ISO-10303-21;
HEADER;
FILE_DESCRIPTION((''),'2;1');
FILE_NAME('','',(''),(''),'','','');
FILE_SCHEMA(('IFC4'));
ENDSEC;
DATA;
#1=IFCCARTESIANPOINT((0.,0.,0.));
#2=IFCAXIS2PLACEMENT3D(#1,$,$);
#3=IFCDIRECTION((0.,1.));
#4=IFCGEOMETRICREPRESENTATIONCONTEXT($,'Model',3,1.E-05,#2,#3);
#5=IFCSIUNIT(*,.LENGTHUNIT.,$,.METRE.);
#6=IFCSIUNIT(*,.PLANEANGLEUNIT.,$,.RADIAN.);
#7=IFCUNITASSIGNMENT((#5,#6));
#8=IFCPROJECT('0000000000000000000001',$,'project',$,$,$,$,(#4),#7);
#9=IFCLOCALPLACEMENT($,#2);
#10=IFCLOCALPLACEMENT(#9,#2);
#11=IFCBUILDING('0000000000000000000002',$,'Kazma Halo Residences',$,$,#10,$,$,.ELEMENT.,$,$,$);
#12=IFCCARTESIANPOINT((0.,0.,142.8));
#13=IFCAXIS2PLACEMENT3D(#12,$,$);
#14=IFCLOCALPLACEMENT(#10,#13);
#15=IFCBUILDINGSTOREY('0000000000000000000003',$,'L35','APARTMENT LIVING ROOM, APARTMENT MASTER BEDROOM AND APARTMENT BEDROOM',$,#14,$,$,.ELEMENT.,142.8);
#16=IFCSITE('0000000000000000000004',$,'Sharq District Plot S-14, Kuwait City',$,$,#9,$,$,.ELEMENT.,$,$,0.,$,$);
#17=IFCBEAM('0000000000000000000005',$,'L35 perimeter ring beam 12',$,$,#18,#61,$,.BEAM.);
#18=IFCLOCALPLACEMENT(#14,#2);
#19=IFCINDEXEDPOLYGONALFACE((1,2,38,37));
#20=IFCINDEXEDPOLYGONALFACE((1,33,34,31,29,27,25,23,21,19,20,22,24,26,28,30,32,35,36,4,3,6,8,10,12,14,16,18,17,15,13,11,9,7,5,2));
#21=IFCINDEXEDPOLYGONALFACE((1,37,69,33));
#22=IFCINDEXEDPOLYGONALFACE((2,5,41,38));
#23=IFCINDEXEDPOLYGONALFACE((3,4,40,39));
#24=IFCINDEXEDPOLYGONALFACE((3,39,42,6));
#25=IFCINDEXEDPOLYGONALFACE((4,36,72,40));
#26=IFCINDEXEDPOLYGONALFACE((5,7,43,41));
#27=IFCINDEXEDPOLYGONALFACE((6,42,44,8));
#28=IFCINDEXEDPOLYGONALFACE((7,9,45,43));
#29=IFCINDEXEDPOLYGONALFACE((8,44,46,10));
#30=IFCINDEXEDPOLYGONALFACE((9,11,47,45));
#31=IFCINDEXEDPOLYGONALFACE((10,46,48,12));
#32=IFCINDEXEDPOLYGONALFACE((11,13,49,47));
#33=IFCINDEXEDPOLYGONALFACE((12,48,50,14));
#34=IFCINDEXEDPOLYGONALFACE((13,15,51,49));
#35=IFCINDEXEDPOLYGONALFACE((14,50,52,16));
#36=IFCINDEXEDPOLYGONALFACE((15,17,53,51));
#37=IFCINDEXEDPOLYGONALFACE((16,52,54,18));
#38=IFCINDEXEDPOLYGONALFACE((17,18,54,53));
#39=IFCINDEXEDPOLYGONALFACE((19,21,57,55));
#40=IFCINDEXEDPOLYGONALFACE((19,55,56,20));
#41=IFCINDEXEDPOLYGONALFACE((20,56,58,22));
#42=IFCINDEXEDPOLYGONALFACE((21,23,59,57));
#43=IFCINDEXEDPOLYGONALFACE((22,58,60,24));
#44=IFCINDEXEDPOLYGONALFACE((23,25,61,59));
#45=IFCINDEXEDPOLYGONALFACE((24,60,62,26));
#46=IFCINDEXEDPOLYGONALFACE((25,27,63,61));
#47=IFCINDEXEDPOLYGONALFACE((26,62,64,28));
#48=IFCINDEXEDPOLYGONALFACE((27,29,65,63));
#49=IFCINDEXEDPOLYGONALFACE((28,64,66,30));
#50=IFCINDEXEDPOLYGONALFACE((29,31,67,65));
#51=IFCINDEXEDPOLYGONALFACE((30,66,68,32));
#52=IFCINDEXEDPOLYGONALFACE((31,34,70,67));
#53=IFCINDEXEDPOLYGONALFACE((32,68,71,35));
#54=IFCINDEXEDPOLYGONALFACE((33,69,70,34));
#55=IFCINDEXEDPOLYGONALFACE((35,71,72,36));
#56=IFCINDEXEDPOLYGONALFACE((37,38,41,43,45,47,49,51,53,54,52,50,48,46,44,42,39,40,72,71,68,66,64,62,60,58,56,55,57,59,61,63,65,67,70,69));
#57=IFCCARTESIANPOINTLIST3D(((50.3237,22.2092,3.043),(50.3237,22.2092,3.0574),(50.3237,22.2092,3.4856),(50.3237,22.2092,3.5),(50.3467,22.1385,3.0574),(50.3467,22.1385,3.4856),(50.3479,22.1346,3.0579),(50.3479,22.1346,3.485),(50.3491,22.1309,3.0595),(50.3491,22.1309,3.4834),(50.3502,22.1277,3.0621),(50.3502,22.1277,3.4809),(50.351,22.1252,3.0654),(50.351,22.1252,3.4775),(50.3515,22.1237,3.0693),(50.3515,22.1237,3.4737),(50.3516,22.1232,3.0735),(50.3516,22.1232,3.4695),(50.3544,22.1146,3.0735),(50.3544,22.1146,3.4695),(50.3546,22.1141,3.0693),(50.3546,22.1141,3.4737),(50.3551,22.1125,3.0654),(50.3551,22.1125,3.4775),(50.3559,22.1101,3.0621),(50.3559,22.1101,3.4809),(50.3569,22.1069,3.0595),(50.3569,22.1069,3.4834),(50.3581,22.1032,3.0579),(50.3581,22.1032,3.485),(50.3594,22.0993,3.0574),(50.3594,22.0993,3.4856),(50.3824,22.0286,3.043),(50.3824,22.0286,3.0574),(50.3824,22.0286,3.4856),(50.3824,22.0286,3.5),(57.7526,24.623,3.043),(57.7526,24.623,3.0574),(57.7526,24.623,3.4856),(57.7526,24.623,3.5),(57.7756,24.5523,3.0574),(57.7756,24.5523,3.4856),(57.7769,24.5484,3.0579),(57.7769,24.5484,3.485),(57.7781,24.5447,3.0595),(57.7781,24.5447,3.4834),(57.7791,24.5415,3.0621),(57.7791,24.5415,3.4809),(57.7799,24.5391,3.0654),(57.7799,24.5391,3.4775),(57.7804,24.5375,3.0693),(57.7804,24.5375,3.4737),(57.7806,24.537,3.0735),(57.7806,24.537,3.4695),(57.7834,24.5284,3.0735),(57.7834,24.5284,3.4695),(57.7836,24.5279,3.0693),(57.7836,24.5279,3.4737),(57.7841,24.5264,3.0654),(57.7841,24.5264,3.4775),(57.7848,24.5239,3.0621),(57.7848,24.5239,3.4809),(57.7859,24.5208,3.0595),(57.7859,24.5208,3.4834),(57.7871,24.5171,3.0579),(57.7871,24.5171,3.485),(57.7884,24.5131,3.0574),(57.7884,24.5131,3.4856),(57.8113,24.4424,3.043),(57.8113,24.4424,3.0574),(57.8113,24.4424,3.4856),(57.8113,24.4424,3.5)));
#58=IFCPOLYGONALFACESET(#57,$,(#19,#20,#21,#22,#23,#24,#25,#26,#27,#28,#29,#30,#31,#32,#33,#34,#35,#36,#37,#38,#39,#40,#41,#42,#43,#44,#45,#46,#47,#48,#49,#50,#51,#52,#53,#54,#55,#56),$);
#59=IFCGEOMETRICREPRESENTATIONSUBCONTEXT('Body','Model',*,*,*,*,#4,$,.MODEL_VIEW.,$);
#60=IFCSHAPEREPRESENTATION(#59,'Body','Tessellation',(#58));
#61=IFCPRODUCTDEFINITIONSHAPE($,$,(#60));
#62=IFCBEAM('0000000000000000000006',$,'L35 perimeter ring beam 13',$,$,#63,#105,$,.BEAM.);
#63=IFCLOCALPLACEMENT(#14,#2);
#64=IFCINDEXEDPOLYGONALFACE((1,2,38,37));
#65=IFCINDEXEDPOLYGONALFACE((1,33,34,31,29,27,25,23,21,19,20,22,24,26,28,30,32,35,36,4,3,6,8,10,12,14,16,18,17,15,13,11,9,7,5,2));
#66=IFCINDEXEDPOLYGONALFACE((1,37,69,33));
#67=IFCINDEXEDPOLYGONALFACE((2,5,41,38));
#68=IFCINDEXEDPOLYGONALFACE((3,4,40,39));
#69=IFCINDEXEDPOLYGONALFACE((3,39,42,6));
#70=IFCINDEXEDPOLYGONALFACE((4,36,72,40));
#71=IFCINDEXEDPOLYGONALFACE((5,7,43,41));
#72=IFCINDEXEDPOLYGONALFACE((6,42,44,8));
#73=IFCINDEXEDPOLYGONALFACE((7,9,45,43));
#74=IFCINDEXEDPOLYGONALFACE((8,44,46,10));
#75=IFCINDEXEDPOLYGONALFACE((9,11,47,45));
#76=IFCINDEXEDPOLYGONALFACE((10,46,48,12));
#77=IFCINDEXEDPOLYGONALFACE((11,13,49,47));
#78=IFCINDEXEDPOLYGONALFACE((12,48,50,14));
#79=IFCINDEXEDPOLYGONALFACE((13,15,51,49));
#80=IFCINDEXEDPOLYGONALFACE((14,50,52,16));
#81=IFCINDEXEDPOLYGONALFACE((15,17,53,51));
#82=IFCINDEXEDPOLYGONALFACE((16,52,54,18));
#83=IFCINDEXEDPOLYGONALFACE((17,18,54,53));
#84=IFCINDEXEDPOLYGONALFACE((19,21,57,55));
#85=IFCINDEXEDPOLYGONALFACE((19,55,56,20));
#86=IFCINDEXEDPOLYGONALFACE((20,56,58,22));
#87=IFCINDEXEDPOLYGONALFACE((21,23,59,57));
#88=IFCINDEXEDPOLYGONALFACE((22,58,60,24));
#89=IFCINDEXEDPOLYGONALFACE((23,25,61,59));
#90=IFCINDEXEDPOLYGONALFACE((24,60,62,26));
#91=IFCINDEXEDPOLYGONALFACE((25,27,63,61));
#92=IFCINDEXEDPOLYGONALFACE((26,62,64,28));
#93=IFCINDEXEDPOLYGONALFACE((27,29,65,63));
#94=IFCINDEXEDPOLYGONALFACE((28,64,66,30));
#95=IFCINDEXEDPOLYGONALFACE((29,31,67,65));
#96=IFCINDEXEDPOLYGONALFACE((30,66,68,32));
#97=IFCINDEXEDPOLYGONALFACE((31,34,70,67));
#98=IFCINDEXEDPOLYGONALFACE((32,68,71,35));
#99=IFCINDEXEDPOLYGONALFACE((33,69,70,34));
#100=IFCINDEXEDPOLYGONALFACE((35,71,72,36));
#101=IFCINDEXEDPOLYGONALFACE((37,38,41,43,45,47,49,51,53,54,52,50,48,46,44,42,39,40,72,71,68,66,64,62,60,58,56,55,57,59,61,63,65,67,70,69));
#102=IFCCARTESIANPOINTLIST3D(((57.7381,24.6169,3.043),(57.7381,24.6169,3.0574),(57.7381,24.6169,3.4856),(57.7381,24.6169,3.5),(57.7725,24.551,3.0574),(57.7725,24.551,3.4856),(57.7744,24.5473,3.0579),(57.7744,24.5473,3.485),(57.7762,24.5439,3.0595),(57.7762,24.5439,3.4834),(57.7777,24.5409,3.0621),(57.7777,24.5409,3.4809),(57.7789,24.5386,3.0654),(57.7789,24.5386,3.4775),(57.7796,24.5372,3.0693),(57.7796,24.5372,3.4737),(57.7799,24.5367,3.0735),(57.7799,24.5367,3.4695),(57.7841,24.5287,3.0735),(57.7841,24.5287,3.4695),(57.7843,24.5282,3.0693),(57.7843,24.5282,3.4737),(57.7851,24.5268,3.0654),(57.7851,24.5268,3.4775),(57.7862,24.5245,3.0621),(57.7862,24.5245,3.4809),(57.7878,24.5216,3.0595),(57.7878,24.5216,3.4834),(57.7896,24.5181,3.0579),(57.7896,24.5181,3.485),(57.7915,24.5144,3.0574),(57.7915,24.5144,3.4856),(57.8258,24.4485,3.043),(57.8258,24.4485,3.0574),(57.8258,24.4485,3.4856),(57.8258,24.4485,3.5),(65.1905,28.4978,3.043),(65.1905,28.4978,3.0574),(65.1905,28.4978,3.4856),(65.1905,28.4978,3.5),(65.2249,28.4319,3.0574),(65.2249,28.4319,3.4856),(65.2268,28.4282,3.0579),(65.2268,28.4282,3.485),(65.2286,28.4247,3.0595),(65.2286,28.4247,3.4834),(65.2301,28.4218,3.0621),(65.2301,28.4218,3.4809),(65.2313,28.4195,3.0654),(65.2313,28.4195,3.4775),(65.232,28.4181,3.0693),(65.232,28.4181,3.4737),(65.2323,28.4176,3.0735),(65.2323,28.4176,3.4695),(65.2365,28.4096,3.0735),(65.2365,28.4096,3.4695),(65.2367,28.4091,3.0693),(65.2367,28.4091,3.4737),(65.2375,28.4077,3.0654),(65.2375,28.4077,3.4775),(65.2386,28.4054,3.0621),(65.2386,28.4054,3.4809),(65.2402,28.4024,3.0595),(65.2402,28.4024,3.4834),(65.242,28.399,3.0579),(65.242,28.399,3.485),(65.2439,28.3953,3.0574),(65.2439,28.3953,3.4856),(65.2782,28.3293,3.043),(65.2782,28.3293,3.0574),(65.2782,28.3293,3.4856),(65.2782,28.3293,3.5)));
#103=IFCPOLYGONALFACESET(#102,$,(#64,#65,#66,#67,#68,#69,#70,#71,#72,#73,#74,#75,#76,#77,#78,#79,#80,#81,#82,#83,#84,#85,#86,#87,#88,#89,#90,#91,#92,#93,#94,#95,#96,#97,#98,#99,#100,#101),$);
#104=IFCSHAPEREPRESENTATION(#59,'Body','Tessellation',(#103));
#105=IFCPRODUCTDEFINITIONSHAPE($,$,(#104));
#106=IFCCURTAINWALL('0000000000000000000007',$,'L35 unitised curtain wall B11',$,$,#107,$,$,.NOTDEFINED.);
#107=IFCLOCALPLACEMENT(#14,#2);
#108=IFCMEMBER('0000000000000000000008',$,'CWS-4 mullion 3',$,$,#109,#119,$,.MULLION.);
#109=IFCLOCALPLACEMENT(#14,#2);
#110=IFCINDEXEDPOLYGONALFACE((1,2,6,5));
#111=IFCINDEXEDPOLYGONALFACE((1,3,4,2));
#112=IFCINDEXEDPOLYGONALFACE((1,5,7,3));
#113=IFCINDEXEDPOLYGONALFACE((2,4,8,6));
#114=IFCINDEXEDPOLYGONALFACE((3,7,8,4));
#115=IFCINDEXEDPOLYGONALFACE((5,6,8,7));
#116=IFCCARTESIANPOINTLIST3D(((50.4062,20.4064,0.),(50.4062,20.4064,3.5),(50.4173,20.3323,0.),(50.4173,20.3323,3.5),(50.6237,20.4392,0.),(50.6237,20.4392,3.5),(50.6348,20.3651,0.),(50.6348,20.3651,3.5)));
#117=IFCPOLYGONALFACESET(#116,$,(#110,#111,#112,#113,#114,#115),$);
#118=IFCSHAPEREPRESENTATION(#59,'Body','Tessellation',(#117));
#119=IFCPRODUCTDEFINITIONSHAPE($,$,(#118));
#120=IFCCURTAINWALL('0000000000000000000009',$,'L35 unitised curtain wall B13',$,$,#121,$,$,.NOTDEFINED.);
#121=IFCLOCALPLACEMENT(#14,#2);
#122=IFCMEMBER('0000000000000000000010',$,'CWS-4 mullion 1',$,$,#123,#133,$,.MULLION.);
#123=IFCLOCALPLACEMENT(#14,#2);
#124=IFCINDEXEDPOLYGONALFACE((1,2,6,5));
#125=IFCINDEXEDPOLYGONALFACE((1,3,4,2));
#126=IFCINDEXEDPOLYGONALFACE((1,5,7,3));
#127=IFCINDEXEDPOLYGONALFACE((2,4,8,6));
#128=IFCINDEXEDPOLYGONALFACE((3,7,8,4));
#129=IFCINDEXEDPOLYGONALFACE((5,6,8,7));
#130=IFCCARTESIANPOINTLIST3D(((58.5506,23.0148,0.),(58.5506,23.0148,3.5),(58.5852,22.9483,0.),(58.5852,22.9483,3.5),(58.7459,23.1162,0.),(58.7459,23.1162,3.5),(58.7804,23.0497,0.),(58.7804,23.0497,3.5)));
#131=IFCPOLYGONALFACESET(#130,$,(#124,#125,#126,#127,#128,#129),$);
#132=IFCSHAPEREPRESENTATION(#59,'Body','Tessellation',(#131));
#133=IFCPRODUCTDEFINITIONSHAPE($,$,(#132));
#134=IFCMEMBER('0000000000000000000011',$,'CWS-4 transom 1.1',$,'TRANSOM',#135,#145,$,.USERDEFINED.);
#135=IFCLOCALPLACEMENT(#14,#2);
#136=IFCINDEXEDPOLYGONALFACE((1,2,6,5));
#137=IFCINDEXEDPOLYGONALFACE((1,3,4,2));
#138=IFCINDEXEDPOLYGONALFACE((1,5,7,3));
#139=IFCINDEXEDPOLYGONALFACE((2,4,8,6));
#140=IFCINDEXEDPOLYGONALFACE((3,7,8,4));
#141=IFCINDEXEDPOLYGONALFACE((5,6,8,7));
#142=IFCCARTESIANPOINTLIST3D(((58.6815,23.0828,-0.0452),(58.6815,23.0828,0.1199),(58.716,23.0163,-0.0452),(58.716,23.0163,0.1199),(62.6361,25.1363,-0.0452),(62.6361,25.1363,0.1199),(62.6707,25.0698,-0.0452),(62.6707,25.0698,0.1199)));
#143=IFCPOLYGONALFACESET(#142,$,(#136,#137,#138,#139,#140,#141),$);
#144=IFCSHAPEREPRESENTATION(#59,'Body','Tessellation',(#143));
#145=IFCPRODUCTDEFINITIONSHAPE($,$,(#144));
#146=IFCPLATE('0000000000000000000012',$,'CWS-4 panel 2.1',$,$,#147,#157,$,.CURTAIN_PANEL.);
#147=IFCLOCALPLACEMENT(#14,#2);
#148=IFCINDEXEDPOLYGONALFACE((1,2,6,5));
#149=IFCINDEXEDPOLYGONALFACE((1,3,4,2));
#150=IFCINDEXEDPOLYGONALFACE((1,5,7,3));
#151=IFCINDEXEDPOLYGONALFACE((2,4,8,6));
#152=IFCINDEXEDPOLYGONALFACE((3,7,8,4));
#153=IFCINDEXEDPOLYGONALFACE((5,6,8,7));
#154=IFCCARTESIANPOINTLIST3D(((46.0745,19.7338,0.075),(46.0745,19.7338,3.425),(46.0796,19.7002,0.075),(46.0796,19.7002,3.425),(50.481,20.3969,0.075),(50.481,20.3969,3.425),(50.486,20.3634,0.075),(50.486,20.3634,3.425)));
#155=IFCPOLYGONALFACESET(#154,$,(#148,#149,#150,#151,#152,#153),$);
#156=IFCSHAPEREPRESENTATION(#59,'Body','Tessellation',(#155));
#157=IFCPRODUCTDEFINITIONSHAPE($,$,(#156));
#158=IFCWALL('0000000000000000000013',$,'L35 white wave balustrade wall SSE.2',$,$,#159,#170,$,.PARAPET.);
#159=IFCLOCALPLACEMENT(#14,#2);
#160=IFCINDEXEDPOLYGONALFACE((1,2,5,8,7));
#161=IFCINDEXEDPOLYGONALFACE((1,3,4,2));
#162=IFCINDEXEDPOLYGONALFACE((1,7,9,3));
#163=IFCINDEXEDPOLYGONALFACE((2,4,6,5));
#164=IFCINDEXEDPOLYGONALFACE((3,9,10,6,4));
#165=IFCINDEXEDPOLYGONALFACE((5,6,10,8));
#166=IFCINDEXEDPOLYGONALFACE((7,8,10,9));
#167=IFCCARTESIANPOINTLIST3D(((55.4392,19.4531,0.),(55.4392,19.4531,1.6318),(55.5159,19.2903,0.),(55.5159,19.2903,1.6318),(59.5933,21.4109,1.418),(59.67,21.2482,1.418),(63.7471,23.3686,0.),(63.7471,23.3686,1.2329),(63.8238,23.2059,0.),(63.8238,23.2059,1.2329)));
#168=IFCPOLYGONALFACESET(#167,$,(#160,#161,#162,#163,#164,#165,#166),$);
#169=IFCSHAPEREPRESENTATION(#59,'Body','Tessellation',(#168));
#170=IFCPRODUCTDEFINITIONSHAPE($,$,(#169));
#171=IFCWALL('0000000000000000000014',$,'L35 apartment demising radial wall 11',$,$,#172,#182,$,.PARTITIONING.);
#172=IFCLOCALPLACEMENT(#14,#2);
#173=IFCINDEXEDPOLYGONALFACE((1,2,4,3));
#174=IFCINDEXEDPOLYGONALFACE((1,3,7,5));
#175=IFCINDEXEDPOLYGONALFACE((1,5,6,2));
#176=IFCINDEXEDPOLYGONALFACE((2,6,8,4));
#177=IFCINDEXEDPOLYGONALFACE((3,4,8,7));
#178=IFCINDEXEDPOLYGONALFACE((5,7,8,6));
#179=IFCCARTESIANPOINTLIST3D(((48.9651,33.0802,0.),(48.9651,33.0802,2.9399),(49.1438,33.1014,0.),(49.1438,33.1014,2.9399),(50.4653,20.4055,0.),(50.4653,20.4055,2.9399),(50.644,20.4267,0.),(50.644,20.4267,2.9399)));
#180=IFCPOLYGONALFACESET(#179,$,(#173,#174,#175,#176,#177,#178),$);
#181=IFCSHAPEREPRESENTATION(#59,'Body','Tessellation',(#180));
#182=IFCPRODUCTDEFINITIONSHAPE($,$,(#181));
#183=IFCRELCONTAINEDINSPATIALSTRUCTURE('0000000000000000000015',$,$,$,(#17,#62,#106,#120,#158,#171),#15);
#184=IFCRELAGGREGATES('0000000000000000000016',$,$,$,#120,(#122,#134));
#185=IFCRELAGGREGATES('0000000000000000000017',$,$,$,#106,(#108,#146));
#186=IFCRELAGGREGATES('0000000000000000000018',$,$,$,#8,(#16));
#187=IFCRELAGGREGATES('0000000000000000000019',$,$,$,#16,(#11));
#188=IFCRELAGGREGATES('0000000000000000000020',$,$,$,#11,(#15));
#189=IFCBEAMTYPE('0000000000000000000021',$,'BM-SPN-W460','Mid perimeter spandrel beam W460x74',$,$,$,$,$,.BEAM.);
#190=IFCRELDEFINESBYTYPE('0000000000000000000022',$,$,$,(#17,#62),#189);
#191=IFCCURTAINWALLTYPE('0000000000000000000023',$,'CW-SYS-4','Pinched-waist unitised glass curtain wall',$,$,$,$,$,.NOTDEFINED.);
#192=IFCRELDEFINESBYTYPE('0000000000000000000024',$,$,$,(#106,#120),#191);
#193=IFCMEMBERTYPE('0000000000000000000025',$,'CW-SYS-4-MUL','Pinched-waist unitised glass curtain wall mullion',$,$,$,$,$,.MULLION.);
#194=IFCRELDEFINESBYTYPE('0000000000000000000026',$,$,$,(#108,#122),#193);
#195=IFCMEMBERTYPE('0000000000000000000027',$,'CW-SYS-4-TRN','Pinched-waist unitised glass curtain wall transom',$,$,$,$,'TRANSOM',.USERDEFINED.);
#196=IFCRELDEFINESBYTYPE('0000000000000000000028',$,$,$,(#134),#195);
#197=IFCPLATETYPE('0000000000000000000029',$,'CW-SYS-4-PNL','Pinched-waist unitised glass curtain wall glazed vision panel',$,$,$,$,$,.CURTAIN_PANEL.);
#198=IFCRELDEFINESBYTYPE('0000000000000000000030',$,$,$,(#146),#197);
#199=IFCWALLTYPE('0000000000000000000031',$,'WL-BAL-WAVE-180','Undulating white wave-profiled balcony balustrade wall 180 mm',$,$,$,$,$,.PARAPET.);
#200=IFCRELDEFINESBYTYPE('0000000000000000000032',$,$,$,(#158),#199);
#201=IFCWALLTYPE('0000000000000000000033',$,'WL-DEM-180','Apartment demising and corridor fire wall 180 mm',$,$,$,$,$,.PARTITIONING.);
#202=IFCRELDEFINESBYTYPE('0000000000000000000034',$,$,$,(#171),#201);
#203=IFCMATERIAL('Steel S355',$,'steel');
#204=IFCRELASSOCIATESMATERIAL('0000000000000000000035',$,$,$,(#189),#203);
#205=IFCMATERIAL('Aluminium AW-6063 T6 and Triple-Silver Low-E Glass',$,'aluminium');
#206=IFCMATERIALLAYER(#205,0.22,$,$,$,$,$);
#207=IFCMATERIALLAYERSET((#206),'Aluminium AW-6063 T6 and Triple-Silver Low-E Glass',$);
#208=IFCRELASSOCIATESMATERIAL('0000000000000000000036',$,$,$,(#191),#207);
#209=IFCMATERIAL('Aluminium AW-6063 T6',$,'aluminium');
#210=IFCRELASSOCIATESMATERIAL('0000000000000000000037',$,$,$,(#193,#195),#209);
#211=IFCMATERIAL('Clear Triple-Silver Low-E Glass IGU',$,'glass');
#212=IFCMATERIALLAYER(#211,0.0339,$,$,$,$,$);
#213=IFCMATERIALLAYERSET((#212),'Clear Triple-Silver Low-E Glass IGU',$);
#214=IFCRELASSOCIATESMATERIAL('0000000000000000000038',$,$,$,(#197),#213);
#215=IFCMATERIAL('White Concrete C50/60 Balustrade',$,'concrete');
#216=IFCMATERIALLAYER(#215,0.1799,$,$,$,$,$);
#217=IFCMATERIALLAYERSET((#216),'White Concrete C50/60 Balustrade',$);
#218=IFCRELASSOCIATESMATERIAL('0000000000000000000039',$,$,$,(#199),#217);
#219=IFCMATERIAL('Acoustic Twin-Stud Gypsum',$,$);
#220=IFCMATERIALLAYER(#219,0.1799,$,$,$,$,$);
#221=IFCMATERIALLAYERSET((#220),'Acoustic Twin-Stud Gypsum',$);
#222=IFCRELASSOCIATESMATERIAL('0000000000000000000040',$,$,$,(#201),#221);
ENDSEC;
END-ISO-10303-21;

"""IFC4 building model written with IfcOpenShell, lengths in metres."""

from ifc_helpers import new_model, si_unit, direction, frame, frame_2d, origin, origin_2d, place, context, subcontext, project, spatial, polyline, rectangle, i_section, outline, extrude, material, layer, layer_set, material_profile, profile_set, type_object, element, aggregate, save


model = new_model("IFC4")

# Units and contexts
model_context = context("Model", 3, precision=1e-05, world=origin(), true_north=direction((0.0, 1.0)))
body_context = subcontext(model_context, "Body", "Model", "MODEL_VIEW")
ifc_project = project(units=[si_unit("LENGTHUNIT", "METRE"), si_unit("PLANEANGLEUNIT", "RADIAN")], contexts=[model_context])

# Site, building, storey
site_placement = place(None, origin())
site = spatial("IfcSite", under=ifc_project, at=site_placement, Name="Sharq District Plot S-14, Kuwait City", CompositionType="ELEMENT", RefElevation=0.0)
building_placement = place(site_placement, origin())
building = spatial("IfcBuilding", under=site, at=building_placement, Name="Kazma Halo Residences", CompositionType="ELEMENT")
storey_placement = place(building_placement, frame((0.0, 0.0, 142.8)))
storey = spatial("IfcBuildingStorey", under=building, at=storey_placement, Name="L35", Description="APARTMENT LIVING ROOM, APARTMENT MASTER BEDROOM AND APARTMENT BEDROOM", CompositionType="ELEMENT", Elevation=142.8)

# Beams
ifc_material_1 = material(Name="Steel S355", Category="steel")
ifc_material_profile_1 = material_profile(ifc_material_1, i_section(OverallWidth=0.1899, OverallDepth=0.457, WebThickness=0.009, FlangeThickness=0.0144, FilletRadius=0.0161, at=origin_2d()), Name="W460x74")
ifc_profile_set_1 = profile_set([ifc_material_profile_1], Name="Steel S355")
beam_type_1 = type_object("IfcBeamType", Name="BM-SPN-W460", Description="Mid perimeter spandrel beam W460x74", PredefinedType="BEAM", material=ifc_profile_set_1)
beam_1_placement = place(storey_placement, frame((50.353, 22.1189, 3.2715), z_axis=(0.951056, 0.309018, 0.0), x_axis=(-0.309018, 0.951056, 0.0)))
element("IfcBeam", 1, at=beam_1_placement, inside=storey, type_object=beam_type_1, Name="L35 perimeter ring beam 12", PredefinedType="BEAM", context=body_context, shape_type="SweptSolid", body=[
    extrude(i_section(OverallWidth=0.1899, OverallDepth=0.457, WebThickness=0.009, FlangeThickness=0.0144, FilletRadius=0.0161, at=origin_2d()), origin(), (0.0, 0.0, 1.0), 7.8113),
])
beam_2_placement = place(storey_placement, frame((57.782, 24.5327, 3.2715), z_axis=(0.886943, 0.461879, 0.0), x_axis=(-0.461879, 0.886943, 0.0)))
element("IfcBeam", 2, at=beam_2_placement, inside=storey, type_object=beam_type_1, Name="L35 perimeter ring beam 13", PredefinedType="BEAM", context=body_context, shape_type="SweptSolid", body=[
    extrude(i_section(OverallWidth=0.1899, OverallDepth=0.457, WebThickness=0.009, FlangeThickness=0.0144, FilletRadius=0.0161, at=origin_2d()), origin(), (0.0, 0.0, 1.0), 8.4023),
])

# Curtain wall, member
ifc_material_2 = material(Name="Aluminium AW-6063 T6 and Triple-Silver Low-E Glass", Category="aluminium")
ifc_layer_1 = layer(ifc_material_2, 0.22)
ifc_layer_set_1 = layer_set([ifc_layer_1], Name="Aluminium AW-6063 T6 and Triple-Silver Low-E Glass")
curtain_wall_type = type_object("IfcCurtainWallType", Name="CW-SYS-4", Description="Pinched-waist unitised glass curtain wall", PredefinedType="NOTDEFINED", material=ifc_layer_set_1)
curtain_wall_1_placement = place(storey_placement, origin())
curtain_wall_1 = element("IfcCurtainWall", 3, at=curtain_wall_1_placement, inside=storey, type_object=curtain_wall_type, Name="L35 unitised curtain wall B11", PredefinedType="NOTDEFINED")
ifc_material_3 = material(Name="Aluminium AW-6063 T6", Category="aluminium")
ifc_material_profile_2 = material_profile(ifc_material_3, rectangle(XDim=0.075, YDim=0.22, at=origin_2d()), Name="CWM-75x220")
ifc_profile_set_2 = profile_set([ifc_material_profile_2], Name="Aluminium AW-6063 T6")
member_type_1 = type_object("IfcMemberType", Name="CW-SYS-4-MUL", Description="Pinched-waist unitised glass curtain wall mullion", PredefinedType="MULLION", material=ifc_profile_set_2)
member_1_placement = place(storey_placement, frame((50.5205, 20.3857, 0.0), z_axis=(0.0, 0.0, 1.0), x_axis=(-0.148821, 0.988864, 0.0)))
member_1 = element("IfcMember", 4, at=member_1_placement, type_object=member_type_1, Name="CWS-4 mullion 3", PredefinedType="MULLION", context=body_context, shape_type="SweptSolid", body=[
    extrude(rectangle(XDim=0.075, YDim=0.22, at=origin_2d()), origin(), (0.0, 0.0, 1.0), 3.5),
])

# Curtain wall, members
curtain_wall_2_placement = place(storey_placement, origin())
curtain_wall_2 = element("IfcCurtainWall", 5, at=curtain_wall_2_placement, inside=storey, type_object=curtain_wall_type, Name="L35 unitised curtain wall B13", PredefinedType="NOTDEFINED")
member_2_placement = place(storey_placement, frame((58.6655, 23.0322, 0.0), z_axis=(0.0, 0.0, 1.0), x_axis=(-0.460837, 0.887485, 0.0)))
member_2 = element("IfcMember", 6, at=member_2_placement, type_object=member_type_1, Name="CWS-4 mullion 1", PredefinedType="MULLION", context=body_context, shape_type="SweptSolid", body=[
    extrude(rectangle(XDim=0.075, YDim=0.22, at=origin_2d()), origin(), (0.0, 0.0, 1.0), 3.5),
])
ifc_material_profile_3 = material_profile(ifc_material_3, rectangle(XDim=0.075, YDim=0.165, at=origin_2d()), Name="CWT-75x165")
ifc_profile_set_3 = profile_set([ifc_material_profile_3], Name="Aluminium AW-6063 T6")
member_type_2 = type_object("IfcMemberType", Name="CW-SYS-4-TRN", Description="Pinched-waist unitised glass curtain wall transom", ElementType="TRANSOM", PredefinedType="USERDEFINED", material=ifc_profile_set_3)
member_3_placement = place(storey_placement, frame((58.6987, 23.0496, 0.0374), z_axis=(0.887485, 0.460837, 0.0), x_axis=(-0.460837, 0.887485, 0.0)))
member_3 = element("IfcMember", 7, at=member_3_placement, type_object=member_type_2, Name="CWS-4 transom 1.1", ObjectType="TRANSOM", PredefinedType="USERDEFINED", context=body_context, shape_type="SweptSolid", body=[
    extrude(rectangle(XDim=0.075, YDim=0.165, at=origin_2d()), origin(), (0.0, 0.0, 1.0), 4.4561),
])
aggregate(curtain_wall_2, [member_2, member_3])

# Plate
ifc_material_4 = material(Name="Clear Triple-Silver Low-E Glass IGU", Category="glass")
ifc_layer_2 = layer(ifc_material_4, 0.0339)
ifc_layer_set_2 = layer_set([ifc_layer_2], Name="Clear Triple-Silver Low-E Glass IGU")
plate_type = type_object("IfcPlateType", Name="CW-SYS-4-PNL", Description="Pinched-waist unitised glass curtain wall glazed vision panel", PredefinedType="CURTAIN_PANEL", material=ifc_layer_set_2)
plate_placement = place(storey_placement, frame((48.2803, 20.0486, 0.075), z_axis=(0.0, 0.0, 1.0), x_axis=(0.988864, 0.148821, 0.0)))
plate = element("IfcPlate", 8, at=plate_placement, type_object=plate_type, Name="CWS-4 panel 2.1", PredefinedType="CURTAIN_PANEL", context=body_context, shape_type="SweptSolid", body=[
    extrude(rectangle(XDim=4.4561, YDim=0.0339, at=origin_2d()), origin(), (0.0, 0.0, 1.0), 3.3501),
])
aggregate(curtain_wall_1, [member_1, plate])

# Walls
ifc_material_5 = material(Name="White Concrete C50/60 Balustrade", Category="concrete")
ifc_layer_3 = layer(ifc_material_5, 0.1799)
ifc_layer_set_3 = layer_set([ifc_layer_3], Name="White Concrete C50/60 Balustrade")
wall_type_1 = type_object("IfcWallType", Name="WL-BAL-WAVE-180", Description="Undulating white wave-profiled balcony balustrade wall 180 mm", PredefinedType="PARAPET", material=ifc_layer_set_3)
wall_1_placement = place(storey_placement, frame((55.4775, 19.3718, 0.0), z_axis=(0.0, 0.0, 1.0), x_axis=(0.904569, 0.426327, 0.0)))
element("IfcWall", 9, at=wall_1_placement, inside=storey, type_object=wall_type_1, Name="L35 white wave balustrade wall SSE.2", PredefinedType="PARAPET", context=body_context, shape_type="SweptSolid", body=[
    extrude(outline(polyline([(0.0, 0.0), (9.1843, 0.0), (9.1843, 1.2329), (4.5923, 1.418), (0.0, 1.6318), (0.0, 0.0)])), frame((0.0, 0.0898, 0.0), z_axis=(0.0, -1.0, 0.0), x_axis=(1.0, 0.0, 0.0)), (0.0, 0.0, 1.0), 0.1799),
])
ifc_material_6 = material(Name="Acoustic Twin-Stud Gypsum")
ifc_layer_4 = layer(ifc_material_6, 0.1799)
ifc_layer_set_4 = layer_set([ifc_layer_4], Name="Acoustic Twin-Stud Gypsum")
wall_type_2 = type_object("IfcWallType", Name="WL-DEM-180", Description="Apartment demising and corridor fire wall 180 mm", PredefinedType="PARTITIONING", material=ifc_layer_set_4)
wall_2_placement = place(storey_placement, frame((49.0544, 33.0908, 0.0), z_axis=(0.0, 0.0, 1.0), x_axis=(0.117544, -0.993068, 0.0)))
element("IfcWall", 10, at=wall_2_placement, inside=storey, type_object=wall_type_2, Name="L35 apartment demising radial wall 11", PredefinedType="PARTITIONING", context=body_context, shape_type="SweptSolid", body=[
    extrude(rectangle(XDim=12.7632, YDim=0.1799, at=frame_2d((6.3816, 0.0))), origin(), (0.0, 0.0, 1.0), 2.9399),
])

save(model, "model.ifc")
